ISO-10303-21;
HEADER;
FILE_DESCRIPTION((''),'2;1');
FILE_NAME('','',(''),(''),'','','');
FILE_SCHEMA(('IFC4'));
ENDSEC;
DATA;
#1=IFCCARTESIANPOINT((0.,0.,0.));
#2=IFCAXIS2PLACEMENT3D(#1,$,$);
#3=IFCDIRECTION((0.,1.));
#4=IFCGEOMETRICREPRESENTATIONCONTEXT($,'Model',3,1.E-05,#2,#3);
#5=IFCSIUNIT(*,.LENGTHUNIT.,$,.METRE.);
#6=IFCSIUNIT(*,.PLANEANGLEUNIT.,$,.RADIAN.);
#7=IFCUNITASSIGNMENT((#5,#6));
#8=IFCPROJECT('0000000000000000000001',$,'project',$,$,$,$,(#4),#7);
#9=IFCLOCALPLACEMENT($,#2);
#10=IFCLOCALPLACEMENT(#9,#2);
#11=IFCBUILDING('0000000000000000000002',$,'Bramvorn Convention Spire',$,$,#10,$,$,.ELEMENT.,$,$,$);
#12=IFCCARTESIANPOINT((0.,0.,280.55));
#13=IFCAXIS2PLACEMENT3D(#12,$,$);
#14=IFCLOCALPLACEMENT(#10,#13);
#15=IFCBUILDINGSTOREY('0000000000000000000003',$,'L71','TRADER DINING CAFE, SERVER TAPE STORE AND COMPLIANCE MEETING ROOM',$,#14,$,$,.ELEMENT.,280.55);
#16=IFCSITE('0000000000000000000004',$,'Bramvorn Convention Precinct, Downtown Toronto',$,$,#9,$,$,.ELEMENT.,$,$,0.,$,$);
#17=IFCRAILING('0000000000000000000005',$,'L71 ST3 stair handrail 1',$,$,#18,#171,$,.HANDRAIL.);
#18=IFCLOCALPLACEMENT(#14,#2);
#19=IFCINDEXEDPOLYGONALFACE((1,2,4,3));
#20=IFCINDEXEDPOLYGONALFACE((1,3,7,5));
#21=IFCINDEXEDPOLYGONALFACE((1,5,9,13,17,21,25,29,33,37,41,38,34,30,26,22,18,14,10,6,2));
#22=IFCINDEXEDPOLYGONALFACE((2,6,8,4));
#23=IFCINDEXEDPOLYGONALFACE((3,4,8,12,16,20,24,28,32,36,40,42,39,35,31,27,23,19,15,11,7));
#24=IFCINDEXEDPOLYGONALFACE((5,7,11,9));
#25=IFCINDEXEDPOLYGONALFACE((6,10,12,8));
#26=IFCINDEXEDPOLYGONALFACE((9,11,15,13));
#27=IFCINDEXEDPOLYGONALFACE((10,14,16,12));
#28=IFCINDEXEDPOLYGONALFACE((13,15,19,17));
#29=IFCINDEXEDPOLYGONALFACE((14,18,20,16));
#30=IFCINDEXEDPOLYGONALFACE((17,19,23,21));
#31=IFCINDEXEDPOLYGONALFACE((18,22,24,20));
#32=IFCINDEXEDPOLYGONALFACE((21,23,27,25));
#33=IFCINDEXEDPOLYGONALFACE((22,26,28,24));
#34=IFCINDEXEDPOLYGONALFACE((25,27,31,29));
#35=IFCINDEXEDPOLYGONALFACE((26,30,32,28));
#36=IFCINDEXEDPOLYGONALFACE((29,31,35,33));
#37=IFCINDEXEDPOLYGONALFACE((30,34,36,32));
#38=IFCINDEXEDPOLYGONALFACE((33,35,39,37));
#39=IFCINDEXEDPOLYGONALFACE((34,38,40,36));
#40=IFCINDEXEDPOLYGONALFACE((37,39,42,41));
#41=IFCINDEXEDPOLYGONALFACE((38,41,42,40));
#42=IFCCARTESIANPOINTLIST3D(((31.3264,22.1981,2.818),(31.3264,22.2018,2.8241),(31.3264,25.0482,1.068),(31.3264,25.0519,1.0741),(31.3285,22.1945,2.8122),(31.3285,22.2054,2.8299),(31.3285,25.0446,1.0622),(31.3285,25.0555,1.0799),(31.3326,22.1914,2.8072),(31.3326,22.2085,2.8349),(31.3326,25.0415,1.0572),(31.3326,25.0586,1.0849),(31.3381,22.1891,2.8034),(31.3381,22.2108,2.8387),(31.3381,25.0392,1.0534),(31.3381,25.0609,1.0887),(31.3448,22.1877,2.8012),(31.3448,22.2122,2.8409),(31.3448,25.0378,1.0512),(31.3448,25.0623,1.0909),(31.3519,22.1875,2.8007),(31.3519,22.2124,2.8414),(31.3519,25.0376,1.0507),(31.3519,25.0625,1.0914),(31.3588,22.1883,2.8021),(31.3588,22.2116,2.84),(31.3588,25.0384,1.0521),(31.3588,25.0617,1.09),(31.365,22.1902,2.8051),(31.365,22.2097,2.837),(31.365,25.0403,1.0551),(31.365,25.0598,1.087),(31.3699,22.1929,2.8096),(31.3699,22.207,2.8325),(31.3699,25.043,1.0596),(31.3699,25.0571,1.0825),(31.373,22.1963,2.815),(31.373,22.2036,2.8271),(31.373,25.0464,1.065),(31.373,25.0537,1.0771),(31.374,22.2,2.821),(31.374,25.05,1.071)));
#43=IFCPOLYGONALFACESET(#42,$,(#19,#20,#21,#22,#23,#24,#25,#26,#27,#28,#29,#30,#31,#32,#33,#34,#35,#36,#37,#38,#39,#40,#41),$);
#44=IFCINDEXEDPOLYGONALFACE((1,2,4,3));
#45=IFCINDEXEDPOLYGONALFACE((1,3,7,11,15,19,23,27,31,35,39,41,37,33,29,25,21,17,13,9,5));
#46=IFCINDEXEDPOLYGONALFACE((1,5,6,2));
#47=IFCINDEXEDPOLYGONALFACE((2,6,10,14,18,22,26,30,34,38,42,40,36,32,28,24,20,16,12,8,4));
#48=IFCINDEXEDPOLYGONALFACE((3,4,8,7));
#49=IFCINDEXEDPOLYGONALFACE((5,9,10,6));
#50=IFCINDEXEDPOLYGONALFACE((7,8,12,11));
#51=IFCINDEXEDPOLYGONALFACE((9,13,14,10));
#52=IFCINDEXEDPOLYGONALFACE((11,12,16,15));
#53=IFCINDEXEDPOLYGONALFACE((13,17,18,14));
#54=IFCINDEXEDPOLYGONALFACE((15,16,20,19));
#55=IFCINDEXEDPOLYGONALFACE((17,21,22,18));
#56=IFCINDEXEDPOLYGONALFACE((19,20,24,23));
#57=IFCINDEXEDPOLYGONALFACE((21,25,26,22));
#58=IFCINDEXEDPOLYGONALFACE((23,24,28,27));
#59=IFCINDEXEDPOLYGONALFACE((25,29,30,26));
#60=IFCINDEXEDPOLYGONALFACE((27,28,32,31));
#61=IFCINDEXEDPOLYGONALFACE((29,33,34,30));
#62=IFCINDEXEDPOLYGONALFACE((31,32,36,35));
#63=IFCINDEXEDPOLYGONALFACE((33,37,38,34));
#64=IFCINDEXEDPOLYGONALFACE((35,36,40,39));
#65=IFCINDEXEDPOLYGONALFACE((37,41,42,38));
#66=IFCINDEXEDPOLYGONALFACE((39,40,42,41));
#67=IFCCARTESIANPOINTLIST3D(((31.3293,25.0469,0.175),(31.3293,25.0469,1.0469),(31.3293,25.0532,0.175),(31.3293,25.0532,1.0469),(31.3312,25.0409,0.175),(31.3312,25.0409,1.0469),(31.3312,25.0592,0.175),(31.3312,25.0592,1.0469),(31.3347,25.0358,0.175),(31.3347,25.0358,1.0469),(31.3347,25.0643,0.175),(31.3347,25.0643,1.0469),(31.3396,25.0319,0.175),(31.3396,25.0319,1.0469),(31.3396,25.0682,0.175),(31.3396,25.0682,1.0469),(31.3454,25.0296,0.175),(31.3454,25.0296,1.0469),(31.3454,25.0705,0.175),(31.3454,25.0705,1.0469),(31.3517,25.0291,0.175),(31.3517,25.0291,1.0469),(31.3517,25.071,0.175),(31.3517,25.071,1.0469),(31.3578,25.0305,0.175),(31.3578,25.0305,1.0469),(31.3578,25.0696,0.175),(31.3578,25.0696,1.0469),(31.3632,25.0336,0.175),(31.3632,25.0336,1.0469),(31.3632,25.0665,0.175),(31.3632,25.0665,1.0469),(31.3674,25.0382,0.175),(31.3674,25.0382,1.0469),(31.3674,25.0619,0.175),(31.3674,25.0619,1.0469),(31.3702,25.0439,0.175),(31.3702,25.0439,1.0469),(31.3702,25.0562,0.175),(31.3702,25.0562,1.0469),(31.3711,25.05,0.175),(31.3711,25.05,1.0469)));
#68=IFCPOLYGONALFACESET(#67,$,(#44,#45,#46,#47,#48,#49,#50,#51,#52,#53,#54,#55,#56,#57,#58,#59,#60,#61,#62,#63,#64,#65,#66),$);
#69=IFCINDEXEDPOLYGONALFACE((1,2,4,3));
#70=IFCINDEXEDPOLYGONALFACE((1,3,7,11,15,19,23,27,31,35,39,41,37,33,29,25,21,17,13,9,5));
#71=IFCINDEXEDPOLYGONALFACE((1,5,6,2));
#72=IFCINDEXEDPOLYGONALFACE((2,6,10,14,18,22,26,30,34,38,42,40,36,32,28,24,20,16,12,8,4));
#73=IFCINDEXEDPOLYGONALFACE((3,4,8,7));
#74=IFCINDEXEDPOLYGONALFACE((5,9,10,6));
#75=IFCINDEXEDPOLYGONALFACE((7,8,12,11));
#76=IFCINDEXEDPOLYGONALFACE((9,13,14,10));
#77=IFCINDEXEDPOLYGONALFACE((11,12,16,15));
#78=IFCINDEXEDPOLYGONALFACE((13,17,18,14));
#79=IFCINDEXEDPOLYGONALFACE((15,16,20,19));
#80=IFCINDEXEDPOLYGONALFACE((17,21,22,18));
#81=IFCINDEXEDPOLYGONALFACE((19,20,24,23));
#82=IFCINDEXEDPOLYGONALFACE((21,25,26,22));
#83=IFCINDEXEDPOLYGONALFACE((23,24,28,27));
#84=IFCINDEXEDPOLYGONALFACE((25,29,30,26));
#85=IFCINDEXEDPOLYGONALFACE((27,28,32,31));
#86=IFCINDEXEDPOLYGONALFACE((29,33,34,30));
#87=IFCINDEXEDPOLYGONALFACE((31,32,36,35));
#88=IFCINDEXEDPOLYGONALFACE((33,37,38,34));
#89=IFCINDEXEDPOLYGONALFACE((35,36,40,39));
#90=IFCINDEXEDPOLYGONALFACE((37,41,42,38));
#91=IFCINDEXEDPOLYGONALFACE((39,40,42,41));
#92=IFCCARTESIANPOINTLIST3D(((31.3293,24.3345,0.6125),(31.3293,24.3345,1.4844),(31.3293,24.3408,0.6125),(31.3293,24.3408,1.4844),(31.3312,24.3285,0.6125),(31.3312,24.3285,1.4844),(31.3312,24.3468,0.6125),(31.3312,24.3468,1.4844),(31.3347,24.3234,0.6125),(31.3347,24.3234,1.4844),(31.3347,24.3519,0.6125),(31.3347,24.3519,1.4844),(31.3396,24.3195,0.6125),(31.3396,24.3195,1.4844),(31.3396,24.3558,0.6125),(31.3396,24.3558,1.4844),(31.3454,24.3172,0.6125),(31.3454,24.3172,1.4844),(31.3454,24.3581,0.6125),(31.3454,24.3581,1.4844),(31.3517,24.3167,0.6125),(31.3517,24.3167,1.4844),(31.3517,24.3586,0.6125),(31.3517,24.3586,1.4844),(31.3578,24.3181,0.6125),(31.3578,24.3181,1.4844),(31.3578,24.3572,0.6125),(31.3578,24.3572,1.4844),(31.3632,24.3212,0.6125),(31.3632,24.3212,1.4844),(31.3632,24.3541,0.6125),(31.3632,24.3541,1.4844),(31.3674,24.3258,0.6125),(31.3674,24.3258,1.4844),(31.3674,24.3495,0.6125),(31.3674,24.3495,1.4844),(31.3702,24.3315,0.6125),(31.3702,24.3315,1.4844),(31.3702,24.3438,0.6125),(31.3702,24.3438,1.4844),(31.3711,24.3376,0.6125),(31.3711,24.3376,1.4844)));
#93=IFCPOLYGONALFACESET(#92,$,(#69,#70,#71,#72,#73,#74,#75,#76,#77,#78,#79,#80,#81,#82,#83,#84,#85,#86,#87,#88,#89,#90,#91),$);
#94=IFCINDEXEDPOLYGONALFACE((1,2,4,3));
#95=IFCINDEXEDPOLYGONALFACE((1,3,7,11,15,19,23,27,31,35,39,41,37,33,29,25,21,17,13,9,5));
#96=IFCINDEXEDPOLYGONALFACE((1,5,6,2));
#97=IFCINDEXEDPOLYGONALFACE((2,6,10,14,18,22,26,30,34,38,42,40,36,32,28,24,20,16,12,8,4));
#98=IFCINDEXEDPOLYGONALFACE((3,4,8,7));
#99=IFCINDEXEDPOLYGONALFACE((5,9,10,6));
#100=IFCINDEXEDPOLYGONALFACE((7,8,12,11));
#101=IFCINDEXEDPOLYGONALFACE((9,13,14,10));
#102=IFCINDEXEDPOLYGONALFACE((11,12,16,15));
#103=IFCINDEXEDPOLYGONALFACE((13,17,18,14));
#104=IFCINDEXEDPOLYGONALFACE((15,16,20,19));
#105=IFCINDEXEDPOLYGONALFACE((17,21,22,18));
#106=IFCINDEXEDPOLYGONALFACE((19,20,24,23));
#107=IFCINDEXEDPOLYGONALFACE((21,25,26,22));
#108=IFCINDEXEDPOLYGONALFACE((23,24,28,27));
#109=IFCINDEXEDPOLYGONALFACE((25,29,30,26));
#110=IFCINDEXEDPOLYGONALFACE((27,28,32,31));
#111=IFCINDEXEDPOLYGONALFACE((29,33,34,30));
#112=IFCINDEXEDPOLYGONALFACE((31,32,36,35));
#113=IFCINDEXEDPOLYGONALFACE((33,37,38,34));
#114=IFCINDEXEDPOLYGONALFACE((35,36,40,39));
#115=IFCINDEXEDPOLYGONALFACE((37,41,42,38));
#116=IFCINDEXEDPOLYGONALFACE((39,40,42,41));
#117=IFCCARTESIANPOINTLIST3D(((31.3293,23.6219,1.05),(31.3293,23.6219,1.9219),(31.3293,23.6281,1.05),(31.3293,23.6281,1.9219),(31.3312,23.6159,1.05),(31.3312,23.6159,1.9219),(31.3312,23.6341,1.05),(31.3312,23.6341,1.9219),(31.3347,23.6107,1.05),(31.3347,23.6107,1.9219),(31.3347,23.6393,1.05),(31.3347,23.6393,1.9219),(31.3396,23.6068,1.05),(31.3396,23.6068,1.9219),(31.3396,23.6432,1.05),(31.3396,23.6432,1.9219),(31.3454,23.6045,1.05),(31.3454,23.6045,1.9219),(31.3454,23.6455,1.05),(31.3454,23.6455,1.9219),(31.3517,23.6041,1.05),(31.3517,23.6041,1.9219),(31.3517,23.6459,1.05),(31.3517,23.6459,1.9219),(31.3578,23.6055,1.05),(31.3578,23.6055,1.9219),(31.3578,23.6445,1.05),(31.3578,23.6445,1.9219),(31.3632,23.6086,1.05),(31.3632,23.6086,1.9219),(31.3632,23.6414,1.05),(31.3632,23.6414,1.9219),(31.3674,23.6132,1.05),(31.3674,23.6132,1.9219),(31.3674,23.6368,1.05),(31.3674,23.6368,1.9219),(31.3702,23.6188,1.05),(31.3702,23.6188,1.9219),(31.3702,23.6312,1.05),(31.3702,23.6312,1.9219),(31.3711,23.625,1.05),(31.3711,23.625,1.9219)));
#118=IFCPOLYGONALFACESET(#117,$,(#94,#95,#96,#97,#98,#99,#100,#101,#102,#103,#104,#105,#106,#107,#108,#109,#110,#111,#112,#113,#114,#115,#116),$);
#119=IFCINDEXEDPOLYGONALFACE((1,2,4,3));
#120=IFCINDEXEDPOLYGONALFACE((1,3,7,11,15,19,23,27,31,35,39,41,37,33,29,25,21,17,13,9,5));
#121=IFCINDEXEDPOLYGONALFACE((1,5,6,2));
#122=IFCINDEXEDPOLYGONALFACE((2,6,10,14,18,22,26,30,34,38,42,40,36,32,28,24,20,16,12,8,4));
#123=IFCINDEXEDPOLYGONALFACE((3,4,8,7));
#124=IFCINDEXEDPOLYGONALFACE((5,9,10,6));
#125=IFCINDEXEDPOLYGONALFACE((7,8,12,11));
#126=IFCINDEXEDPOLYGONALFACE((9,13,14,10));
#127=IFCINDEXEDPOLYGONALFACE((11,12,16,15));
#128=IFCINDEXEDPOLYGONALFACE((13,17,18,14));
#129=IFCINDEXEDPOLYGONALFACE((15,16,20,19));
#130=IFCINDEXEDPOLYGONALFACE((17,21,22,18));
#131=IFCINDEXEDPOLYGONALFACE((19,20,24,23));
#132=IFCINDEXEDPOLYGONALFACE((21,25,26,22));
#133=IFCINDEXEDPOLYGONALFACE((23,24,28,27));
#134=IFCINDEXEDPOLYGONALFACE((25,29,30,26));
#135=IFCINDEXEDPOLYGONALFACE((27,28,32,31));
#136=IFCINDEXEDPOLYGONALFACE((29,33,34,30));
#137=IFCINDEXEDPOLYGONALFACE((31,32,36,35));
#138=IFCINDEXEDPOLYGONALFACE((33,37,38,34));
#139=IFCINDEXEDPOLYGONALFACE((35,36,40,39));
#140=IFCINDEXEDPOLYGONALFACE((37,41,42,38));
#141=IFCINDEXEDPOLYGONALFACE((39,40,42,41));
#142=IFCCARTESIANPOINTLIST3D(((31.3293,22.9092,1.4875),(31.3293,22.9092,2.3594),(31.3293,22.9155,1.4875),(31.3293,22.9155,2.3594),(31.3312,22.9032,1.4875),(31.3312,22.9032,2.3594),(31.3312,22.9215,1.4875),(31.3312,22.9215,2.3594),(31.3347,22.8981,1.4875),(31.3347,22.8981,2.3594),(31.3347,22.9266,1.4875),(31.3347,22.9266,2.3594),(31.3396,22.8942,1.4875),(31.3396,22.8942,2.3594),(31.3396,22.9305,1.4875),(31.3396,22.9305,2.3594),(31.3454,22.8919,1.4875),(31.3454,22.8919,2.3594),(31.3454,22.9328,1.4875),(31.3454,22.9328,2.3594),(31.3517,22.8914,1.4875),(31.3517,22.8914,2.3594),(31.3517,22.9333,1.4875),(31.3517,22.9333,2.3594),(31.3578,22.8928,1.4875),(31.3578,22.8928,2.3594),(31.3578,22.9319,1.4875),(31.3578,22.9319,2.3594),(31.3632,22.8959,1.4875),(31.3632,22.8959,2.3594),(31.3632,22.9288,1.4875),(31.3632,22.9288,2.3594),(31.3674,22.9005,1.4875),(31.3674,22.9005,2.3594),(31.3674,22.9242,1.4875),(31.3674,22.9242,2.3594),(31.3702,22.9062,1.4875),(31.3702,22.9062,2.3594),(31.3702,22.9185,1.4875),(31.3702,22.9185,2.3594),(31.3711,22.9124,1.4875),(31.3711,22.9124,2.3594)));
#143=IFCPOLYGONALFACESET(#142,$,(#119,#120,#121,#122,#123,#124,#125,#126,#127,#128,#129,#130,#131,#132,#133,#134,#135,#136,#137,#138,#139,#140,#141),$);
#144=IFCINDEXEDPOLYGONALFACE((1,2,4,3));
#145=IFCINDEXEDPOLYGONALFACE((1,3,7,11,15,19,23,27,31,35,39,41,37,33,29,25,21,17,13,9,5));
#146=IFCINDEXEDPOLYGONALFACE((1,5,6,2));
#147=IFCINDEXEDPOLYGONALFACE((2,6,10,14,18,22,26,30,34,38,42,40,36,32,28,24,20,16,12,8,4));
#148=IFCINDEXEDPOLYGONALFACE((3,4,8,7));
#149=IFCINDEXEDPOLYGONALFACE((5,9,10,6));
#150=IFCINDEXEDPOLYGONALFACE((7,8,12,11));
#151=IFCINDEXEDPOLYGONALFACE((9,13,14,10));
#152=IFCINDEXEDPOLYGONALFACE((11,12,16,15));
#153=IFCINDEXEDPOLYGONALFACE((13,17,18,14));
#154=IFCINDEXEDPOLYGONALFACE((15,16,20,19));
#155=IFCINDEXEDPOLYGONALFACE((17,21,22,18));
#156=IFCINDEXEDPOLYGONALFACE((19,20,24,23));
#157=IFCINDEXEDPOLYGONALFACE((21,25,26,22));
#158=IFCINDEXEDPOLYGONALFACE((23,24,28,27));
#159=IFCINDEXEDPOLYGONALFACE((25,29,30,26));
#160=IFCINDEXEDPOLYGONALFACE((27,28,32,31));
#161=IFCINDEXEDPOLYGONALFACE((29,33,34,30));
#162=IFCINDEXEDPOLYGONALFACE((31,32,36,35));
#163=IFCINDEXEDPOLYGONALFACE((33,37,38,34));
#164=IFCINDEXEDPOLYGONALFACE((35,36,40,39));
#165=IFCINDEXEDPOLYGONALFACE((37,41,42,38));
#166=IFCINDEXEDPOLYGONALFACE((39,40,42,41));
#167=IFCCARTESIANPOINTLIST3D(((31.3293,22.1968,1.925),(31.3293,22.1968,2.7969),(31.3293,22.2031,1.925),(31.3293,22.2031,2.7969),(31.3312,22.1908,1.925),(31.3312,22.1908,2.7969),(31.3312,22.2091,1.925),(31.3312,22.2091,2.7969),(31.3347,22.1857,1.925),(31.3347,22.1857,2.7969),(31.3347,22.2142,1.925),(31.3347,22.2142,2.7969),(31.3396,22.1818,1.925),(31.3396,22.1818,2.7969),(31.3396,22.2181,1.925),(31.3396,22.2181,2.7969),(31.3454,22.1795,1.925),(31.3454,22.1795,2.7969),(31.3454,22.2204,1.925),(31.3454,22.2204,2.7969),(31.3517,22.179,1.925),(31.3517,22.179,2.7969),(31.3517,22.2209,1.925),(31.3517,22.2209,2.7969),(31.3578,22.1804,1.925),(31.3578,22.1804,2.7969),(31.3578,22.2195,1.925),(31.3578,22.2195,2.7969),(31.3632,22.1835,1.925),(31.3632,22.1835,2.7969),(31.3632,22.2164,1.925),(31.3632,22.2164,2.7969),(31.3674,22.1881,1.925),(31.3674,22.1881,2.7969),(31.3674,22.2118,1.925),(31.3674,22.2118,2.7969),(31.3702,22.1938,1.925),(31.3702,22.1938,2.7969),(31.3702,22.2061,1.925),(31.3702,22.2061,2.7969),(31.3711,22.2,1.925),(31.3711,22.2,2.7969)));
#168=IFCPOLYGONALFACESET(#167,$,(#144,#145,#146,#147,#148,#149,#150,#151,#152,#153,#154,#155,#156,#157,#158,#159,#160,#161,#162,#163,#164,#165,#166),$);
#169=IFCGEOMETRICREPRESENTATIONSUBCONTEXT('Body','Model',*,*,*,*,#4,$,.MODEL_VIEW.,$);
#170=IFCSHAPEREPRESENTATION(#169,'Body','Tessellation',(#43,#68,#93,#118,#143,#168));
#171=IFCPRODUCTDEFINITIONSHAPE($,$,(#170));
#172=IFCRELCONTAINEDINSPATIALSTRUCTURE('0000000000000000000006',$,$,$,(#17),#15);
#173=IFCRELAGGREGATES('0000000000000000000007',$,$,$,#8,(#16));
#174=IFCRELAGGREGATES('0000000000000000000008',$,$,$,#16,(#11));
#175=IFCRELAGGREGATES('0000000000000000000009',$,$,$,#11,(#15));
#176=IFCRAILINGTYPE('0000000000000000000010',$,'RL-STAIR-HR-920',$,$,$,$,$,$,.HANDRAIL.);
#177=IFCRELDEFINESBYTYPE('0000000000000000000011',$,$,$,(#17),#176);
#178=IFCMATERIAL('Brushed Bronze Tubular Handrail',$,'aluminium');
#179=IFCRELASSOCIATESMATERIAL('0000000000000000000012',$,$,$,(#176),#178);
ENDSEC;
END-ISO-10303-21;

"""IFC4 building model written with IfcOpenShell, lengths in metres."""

from ifc_helpers import new_model, si_unit, direction, frame, origin, origin_2d, place, context, subcontext, project, spatial, circle, extrude, material, type_object, element, save


model = new_model("IFC4")

# Units and contexts
model_context = context("Model", 3, precision=1e-05, world=origin(), true_north=direction((0.0, 1.0)))
body_context = subcontext(model_context, "Body", "Model", "MODEL_VIEW")
ifc_project = project(units=[si_unit("LENGTHUNIT", "METRE"), si_unit("PLANEANGLEUNIT", "RADIAN")], contexts=[model_context])

# Site, building, storey
site_placement = place(None, origin())
site = spatial("IfcSite", under=ifc_project, at=site_placement, Name="Bramvorn Convention Precinct, Downtown Toronto", CompositionType="ELEMENT", RefElevation=0.0)
building_placement = place(site_placement, origin())
building = spatial("IfcBuilding", under=site, at=building_placement, Name="Bramvorn Convention Spire", CompositionType="ELEMENT")
storey_placement = place(building_placement, frame((0.0, 0.0, 280.55)))
storey = spatial("IfcBuildingStorey", under=building, at=storey_placement, Name="L71", Description="TRADER DINING CAFE, SERVER TAPE STORE AND COMPLIANCE MEETING ROOM", CompositionType="ELEMENT", Elevation=280.55)

# Railing
ifc_material_1 = material(Name="Brushed Bronze Tubular Handrail", Category="aluminium")
railing_type_1 = type_object("IfcRailingType", Name="RL-STAIR-HR-920", PredefinedType="HANDRAIL", material=ifc_material_1)
railing_1_placement = place(storey_placement, frame((31.3501, 25.05, 0.175)))
element("IfcRailing", 1, at=railing_1_placement, inside=storey, type_object=railing_type_1, Name="L71 ST3 stair handrail 1", PredefinedType="HANDRAIL", context=body_context, shape_type="SweptSolid", body=[
    extrude(circle(Radius=0.0239, at=origin_2d()), frame((0.0, 0.0, 0.896), z_axis=(0.0, -0.852179, 0.52325), x_axis=(1.0, 0.0, 0.0)), (0.0, 0.0, 1.0), 3.3445),
    extrude(circle(Radius=0.021, at=origin_2d()), origin(), (0.0, 0.0, 1.0), 0.8718),
    extrude(circle(Radius=0.021, at=origin_2d()), frame((0.0, -0.7124, 0.4375)), (0.0, 0.0, 1.0), 0.8718),
    extrude(circle(Radius=0.021, at=origin_2d()), frame((0.0, -1.425, 0.875)), (0.0, 0.0, 1.0), 0.8718),
    extrude(circle(Radius=0.021, at=origin_2d()), frame((0.0, -2.1377, 1.3125)), (0.0, 0.0, 1.0), 0.8718),
    extrude(circle(Radius=0.021, at=origin_2d()), frame((0.0, -2.8501, 1.75)), (0.0, 0.0, 1.0), 0.8718),
])

save(model, "model.ifc")
